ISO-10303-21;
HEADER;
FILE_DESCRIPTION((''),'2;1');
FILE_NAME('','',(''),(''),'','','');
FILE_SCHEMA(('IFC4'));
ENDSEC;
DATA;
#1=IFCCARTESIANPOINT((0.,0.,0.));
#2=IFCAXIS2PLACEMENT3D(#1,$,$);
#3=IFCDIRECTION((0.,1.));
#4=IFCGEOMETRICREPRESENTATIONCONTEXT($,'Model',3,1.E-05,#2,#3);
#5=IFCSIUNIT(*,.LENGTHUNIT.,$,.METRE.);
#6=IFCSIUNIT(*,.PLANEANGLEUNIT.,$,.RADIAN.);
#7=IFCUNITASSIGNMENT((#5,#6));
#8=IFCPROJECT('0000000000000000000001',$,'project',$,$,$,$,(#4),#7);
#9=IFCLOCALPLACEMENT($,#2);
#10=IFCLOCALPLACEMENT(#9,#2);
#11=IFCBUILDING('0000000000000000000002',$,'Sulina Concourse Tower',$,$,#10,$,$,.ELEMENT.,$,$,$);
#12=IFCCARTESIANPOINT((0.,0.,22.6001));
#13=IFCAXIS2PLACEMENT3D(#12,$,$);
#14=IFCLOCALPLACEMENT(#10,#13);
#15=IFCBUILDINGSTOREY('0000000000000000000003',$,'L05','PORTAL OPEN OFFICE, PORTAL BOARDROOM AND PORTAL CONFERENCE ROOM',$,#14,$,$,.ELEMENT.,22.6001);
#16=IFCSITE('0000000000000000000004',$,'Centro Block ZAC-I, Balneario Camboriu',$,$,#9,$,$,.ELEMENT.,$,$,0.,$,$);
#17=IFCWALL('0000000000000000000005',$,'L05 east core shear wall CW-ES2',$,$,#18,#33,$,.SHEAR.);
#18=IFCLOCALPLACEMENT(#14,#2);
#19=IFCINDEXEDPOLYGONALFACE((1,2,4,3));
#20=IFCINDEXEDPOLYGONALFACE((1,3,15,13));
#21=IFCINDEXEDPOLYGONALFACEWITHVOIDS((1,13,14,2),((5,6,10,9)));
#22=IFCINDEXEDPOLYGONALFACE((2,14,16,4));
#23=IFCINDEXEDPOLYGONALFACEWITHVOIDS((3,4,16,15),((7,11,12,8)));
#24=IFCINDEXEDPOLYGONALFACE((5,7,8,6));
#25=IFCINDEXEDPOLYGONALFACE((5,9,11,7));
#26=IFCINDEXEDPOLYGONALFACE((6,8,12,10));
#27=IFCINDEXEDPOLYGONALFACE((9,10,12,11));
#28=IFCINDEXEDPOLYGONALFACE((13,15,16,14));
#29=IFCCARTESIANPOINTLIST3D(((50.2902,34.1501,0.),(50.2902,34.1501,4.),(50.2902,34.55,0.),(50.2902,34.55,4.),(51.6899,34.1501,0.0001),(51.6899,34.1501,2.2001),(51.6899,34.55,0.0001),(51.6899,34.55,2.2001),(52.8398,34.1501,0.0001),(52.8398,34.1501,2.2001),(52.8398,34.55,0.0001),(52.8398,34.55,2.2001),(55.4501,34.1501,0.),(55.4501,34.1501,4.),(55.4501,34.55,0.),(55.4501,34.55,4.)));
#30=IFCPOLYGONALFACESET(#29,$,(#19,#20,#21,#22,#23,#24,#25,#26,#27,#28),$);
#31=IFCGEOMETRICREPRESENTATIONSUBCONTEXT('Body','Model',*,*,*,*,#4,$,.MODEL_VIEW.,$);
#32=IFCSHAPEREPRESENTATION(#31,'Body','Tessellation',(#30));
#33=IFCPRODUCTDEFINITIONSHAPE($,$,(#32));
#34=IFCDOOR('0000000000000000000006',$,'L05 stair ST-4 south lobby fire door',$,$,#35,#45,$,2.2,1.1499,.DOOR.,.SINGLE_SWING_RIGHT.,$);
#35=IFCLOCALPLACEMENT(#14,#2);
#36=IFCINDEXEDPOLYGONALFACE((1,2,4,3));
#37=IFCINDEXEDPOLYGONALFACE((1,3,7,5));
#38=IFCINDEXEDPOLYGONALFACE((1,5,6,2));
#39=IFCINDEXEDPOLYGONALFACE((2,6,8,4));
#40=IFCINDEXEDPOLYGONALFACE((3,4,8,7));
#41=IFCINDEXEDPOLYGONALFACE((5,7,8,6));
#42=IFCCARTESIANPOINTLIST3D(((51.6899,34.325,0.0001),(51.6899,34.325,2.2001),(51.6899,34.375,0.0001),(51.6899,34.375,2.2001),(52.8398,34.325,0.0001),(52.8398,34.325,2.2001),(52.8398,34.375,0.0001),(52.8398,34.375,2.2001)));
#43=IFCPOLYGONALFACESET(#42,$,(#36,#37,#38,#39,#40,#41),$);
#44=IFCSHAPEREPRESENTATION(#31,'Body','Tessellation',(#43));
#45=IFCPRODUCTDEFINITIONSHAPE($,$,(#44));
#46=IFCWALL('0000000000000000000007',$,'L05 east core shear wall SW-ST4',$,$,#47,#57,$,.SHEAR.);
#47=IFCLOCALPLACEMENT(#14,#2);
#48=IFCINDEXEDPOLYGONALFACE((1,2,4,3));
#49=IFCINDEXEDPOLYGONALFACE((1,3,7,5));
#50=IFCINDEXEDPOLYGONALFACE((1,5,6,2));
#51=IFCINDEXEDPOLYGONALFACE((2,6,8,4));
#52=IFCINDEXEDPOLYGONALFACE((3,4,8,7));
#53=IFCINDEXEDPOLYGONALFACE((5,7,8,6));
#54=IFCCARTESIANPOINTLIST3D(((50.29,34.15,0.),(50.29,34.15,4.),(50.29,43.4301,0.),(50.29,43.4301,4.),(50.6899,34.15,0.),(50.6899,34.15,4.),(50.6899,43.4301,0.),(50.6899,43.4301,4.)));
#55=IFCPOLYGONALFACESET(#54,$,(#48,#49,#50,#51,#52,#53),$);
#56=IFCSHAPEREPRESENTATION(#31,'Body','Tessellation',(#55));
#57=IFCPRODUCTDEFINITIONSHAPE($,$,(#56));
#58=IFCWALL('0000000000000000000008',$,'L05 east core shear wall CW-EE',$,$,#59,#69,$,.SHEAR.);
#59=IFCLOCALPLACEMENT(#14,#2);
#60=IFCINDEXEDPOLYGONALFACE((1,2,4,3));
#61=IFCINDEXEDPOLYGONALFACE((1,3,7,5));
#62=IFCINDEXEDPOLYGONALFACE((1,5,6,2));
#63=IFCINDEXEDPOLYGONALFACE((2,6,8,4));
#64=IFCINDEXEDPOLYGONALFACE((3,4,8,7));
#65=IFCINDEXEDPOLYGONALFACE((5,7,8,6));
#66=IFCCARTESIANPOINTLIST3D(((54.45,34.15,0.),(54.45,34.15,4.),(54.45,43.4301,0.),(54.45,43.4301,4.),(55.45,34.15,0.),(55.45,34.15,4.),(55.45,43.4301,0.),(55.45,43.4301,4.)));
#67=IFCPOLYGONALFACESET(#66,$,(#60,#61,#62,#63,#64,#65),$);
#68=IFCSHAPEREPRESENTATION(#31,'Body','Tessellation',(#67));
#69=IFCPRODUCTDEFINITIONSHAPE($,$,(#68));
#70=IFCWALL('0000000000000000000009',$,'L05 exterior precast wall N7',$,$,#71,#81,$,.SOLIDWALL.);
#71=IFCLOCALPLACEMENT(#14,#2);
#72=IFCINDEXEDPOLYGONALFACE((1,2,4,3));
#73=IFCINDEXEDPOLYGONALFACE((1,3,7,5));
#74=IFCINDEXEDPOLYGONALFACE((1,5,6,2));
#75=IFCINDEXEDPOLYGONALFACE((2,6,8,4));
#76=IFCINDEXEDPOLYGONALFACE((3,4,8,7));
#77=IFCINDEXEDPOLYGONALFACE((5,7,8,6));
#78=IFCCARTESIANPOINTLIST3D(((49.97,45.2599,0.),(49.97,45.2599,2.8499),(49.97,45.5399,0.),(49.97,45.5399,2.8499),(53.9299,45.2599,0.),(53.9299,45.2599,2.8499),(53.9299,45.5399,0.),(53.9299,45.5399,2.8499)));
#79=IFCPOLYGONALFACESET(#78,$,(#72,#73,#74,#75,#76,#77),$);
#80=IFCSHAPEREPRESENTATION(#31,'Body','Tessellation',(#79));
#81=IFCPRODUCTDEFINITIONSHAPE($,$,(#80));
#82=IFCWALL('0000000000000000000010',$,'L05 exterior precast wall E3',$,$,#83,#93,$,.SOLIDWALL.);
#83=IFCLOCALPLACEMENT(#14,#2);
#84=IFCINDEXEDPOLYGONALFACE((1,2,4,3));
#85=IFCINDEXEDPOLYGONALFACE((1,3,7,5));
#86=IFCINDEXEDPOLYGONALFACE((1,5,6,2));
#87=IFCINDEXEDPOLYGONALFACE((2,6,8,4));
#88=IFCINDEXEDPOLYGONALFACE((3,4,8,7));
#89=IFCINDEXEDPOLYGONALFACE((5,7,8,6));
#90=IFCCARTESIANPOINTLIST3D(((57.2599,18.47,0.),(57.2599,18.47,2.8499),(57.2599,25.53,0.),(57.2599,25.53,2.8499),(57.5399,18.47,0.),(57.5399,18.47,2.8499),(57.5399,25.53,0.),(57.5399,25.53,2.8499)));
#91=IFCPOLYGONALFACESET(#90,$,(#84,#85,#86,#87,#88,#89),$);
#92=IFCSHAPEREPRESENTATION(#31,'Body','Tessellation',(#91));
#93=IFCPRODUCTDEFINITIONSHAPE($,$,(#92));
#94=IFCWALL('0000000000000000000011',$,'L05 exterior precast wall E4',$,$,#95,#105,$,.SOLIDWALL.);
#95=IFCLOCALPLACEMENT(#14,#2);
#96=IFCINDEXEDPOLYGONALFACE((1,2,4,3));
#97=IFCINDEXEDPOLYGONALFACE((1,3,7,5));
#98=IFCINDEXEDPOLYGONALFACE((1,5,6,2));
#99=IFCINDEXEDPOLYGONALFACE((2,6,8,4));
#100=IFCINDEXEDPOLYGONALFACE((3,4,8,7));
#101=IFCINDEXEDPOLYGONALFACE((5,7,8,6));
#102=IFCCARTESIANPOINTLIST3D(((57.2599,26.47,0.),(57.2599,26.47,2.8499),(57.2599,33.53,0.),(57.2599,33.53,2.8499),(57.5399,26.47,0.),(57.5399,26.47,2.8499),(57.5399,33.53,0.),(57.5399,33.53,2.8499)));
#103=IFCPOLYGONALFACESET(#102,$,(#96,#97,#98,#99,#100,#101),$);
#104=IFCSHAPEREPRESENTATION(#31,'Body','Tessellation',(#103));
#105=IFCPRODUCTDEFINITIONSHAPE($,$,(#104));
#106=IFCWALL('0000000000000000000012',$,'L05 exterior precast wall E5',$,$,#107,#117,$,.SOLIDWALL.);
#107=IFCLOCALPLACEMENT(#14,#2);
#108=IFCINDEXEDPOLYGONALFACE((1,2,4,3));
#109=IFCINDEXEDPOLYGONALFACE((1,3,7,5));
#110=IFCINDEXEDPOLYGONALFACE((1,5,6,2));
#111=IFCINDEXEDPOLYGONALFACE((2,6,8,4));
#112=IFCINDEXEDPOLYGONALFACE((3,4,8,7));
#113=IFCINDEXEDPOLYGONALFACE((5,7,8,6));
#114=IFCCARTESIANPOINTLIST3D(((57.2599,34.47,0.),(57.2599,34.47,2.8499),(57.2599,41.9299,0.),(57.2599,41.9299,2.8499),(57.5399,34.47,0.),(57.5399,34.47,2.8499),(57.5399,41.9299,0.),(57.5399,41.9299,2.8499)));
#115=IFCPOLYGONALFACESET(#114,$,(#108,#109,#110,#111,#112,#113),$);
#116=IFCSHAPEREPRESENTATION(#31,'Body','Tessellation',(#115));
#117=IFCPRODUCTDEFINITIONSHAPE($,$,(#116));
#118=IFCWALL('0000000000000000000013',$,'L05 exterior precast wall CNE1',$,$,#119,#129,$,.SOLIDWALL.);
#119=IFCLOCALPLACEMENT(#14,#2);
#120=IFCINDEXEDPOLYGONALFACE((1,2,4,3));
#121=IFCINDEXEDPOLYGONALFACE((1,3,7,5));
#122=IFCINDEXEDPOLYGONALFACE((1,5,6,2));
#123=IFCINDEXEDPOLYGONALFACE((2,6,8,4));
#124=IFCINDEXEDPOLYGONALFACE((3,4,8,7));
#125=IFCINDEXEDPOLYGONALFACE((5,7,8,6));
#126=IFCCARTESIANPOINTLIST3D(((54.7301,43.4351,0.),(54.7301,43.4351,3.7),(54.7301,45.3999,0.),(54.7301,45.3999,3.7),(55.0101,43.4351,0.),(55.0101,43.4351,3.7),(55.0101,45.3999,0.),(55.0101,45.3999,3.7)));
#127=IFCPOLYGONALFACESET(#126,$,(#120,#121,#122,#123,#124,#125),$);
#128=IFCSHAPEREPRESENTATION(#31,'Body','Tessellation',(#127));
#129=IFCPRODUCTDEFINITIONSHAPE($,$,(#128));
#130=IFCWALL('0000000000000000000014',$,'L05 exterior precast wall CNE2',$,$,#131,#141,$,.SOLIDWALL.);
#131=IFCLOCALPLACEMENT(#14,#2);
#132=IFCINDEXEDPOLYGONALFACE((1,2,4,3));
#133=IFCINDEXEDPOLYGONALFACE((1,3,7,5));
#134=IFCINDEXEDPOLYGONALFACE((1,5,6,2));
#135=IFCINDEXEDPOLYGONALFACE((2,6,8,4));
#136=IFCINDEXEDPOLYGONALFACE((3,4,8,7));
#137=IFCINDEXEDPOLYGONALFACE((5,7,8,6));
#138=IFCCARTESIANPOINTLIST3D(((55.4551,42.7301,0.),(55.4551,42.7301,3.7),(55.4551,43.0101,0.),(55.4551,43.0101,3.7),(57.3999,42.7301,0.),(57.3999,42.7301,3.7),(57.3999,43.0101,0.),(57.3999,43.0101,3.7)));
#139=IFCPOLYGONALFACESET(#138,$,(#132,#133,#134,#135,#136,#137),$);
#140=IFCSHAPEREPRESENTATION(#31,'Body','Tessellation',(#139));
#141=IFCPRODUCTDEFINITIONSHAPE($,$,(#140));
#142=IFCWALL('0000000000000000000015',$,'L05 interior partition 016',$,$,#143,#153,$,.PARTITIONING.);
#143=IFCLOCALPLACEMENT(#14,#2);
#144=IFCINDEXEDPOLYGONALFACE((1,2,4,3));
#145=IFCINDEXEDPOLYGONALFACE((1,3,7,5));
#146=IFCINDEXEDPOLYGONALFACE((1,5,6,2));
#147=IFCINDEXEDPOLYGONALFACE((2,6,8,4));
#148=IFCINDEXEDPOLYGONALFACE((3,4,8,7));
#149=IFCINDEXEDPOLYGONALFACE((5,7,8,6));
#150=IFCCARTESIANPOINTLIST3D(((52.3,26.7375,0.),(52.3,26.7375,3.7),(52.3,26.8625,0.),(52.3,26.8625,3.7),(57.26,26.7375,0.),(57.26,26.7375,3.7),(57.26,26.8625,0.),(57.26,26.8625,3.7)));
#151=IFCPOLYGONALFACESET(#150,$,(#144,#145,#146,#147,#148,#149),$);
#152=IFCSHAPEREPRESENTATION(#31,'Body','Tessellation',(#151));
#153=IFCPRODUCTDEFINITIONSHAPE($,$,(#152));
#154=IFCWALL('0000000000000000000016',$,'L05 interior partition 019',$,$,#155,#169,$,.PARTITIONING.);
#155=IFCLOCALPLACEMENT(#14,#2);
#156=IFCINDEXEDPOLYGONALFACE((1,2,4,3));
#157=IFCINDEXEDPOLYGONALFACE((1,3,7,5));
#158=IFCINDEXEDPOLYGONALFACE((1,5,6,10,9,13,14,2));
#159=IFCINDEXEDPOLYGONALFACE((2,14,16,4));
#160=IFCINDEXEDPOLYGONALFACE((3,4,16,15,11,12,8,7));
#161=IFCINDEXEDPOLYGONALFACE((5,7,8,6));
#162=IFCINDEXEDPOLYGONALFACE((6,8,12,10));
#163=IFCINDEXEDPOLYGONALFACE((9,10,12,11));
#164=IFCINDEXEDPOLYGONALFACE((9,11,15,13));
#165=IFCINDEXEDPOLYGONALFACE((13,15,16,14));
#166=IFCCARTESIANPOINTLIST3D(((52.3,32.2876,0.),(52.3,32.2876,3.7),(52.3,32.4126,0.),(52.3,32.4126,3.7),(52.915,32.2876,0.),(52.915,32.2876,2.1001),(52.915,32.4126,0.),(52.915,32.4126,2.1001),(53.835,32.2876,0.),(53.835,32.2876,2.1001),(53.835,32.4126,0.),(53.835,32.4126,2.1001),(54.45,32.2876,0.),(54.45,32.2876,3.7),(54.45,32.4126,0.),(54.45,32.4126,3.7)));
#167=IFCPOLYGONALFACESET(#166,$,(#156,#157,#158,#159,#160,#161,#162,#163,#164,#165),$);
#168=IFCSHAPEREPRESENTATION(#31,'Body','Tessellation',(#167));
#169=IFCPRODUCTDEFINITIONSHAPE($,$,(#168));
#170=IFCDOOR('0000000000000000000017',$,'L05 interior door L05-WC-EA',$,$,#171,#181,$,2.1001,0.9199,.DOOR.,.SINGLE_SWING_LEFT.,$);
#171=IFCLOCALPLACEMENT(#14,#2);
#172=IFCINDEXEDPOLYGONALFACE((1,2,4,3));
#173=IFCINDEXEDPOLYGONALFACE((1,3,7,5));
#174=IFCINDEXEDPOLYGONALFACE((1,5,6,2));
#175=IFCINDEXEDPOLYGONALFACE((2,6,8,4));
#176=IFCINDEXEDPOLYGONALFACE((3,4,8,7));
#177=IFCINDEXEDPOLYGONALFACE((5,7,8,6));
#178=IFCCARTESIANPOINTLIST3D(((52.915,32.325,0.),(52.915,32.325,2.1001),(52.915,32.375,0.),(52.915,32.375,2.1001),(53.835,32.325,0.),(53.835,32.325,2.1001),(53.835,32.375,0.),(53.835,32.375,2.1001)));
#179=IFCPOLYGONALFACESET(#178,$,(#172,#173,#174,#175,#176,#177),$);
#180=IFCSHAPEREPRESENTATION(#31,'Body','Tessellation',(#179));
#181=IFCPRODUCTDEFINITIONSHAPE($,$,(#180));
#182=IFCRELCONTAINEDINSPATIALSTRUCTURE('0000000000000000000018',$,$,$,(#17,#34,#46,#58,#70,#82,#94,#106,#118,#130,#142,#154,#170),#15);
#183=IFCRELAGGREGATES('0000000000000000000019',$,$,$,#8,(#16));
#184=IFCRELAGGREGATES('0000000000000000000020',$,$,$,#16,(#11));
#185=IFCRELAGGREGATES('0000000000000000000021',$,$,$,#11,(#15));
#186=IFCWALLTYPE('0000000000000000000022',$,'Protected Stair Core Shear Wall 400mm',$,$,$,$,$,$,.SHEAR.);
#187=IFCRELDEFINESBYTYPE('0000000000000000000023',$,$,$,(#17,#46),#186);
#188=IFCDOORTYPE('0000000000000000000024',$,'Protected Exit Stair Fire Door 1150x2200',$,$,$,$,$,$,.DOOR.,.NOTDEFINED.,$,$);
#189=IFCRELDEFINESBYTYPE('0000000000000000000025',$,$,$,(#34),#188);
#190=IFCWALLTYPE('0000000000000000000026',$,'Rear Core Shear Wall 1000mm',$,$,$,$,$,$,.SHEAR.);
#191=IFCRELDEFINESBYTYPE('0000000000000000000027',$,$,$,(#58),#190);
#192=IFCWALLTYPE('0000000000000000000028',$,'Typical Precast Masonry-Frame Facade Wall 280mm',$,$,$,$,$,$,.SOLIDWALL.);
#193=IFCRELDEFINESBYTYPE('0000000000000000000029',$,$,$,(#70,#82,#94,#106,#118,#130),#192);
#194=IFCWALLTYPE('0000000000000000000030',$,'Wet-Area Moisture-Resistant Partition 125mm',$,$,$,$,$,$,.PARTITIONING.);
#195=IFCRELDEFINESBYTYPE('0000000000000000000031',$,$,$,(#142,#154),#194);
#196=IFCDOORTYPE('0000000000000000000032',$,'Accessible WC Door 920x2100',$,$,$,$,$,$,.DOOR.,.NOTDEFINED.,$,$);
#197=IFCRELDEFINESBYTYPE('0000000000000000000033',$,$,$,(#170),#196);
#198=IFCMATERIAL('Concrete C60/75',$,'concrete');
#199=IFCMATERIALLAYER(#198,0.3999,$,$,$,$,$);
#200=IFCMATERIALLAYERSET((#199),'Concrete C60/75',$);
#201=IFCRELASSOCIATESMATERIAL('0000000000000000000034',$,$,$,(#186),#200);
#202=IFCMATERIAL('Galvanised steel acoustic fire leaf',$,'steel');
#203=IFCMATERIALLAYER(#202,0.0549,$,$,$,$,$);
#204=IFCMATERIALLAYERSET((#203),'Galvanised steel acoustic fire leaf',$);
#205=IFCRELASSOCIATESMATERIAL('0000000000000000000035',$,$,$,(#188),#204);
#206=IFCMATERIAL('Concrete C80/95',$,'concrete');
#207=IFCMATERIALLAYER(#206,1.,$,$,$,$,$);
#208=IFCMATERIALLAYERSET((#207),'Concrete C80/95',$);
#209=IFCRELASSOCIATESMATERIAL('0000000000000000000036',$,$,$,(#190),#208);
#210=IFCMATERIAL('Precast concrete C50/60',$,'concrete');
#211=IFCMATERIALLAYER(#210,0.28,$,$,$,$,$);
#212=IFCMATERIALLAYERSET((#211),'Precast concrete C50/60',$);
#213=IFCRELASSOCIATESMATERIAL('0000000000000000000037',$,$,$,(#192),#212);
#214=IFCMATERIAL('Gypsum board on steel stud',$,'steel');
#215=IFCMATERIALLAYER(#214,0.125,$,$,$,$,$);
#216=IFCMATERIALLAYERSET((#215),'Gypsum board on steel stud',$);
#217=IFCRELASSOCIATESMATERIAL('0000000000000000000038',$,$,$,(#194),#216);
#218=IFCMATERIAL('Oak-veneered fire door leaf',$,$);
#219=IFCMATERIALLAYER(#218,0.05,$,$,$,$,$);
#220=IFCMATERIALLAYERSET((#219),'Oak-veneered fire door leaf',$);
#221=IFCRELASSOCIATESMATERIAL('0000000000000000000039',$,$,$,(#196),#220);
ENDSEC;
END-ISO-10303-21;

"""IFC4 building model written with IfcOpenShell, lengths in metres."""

from ifc_helpers import new_model, si_unit, direction, frame, frame_2d, origin, place, context, subcontext, project, spatial, rectangle, extrude, material, layer, layer_set, type_object, element, fill, save


model = new_model("IFC4")

# Units and contexts
model_context = context("Model", 3, precision=1e-05, world=origin(), true_north=direction((0.0, 1.0)))
body_context = subcontext(model_context, "Body", "Model", "MODEL_VIEW")
ifc_project = project(units=[si_unit("LENGTHUNIT", "METRE"), si_unit("PLANEANGLEUNIT", "RADIAN")], contexts=[model_context])

# Site, building, storey
site_placement = place(None, origin())
site = spatial("IfcSite", under=ifc_project, at=site_placement, Name="Centro Block ZAC-I, Balneario Camboriu", CompositionType="ELEMENT", RefElevation=0.0)
building_placement = place(site_placement, origin())
building = spatial("IfcBuilding", under=site, at=building_placement, Name="Sulina Concourse Tower", CompositionType="ELEMENT")
storey_placement = place(building_placement, frame((0.0, 0.0, 22.6001)))
storey = spatial("IfcBuildingStorey", under=building, at=storey_placement, Name="L05", Description="PORTAL OPEN OFFICE, PORTAL BOARDROOM AND PORTAL CONFERENCE ROOM", CompositionType="ELEMENT", Elevation=22.6001)

# Wall, opening, door
ifc_material_1 = material(Name="Concrete C60/75", Category="concrete")
ifc_layer_1 = layer(ifc_material_1, 0.3999)
ifc_layer_set_1 = layer_set([ifc_layer_1], Name="Concrete C60/75")
wall_type_1 = type_object("IfcWallType", Name="Protected Stair Core Shear Wall 400mm", PredefinedType="SHEAR", material=ifc_layer_set_1)
wall_1_placement = place(storey_placement, frame((50.29, 34.3501, 0.0), z_axis=(0.0, 0.0, 1.0), x_axis=(1.0, 0.0, 0.0)))
wall_1 = element("IfcWall", 1, at=wall_1_placement, inside=storey, type_object=wall_type_1, Name="L05 east core shear wall CW-ES2", PredefinedType="SHEAR", context=body_context, shape_type="SweptSolid", body=[
    extrude(rectangle(XDim=5.1599, YDim=0.3999, at=frame_2d((2.5801, 0.0))), origin(), (0.0, 0.0, 1.0), 4.0),
])
opening_1_placement = place(wall_1_placement, frame((1.3999, 0.0, 0.0)))
opening_1 = element("IfcOpeningElement", 2, at=opening_1_placement, cuts=wall_1, PredefinedType="OPENING", context=body_context, shape_type="SweptSolid", body=[
    extrude(rectangle(XDim=1.1499, YDim=2.2, at=frame_2d((0.575, 1.1001))), frame((0.0, 0.21, 0.0), z_axis=(0.0, -1.0, 0.0), x_axis=(1.0, 0.0, 0.0)), (0.0, 0.0, 1.0), 0.4199),
])
ifc_material_2 = material(Name="Galvanised steel acoustic fire leaf", Category="steel")
ifc_layer_2 = layer(ifc_material_2, 0.0549)
ifc_layer_set_2 = layer_set([ifc_layer_2], Name="Galvanised steel acoustic fire leaf")
door_type_1 = type_object("IfcDoorType", Name="Protected Exit Stair Fire Door 1150x2200", OperationType="NOTDEFINED", PredefinedType="DOOR", material=ifc_layer_set_2)
door_1_placement = place(opening_1_placement, origin())
door_1 = element("IfcDoor", 3, at=door_1_placement, inside=storey, type_object=door_type_1, Name="L05 stair ST-4 south lobby fire door", OperationType="SINGLE_SWING_RIGHT", OverallHeight=2.2, OverallWidth=1.1499, PredefinedType="DOOR", context=body_context, shape_type="SweptSolid", body=[
    extrude(rectangle(XDim=1.1499, YDim=2.2, at=frame_2d((0.575, 1.1001))), frame((0.0, 0.0249, 0.0), z_axis=(0.0, -1.0, 0.0), x_axis=(1.0, 0.0, 0.0)), (0.0, 0.0, 1.0), 0.05),
])
fill(opening_1, door_1)

# Walls
wall_2_placement = place(storey_placement, frame((50.49, 34.1499, 0.0), z_axis=(0.0, 0.0, 1.0), x_axis=(0.0, 1.0, 0.0)))
element("IfcWall", 4, at=wall_2_placement, inside=storey, type_object=wall_type_1, Name="L05 east core shear wall SW-ST4", PredefinedType="SHEAR", context=body_context, shape_type="SweptSolid", body=[
    extrude(rectangle(XDim=9.28, YDim=0.3999, at=frame_2d((4.6401, 0.0))), origin(), (0.0, 0.0, 1.0), 4.0),
])
ifc_material_3 = material(Name="Concrete C80/95", Category="concrete")
ifc_layer_3 = layer(ifc_material_3, 1.0)
ifc_layer_set_3 = layer_set([ifc_layer_3], Name="Concrete C80/95")
wall_type_2 = type_object("IfcWallType", Name="Rear Core Shear Wall 1000mm", PredefinedType="SHEAR", material=ifc_layer_set_3)
wall_3_placement = place(storey_placement, frame((54.95, 34.1499, 0.0), z_axis=(0.0, 0.0, 1.0), x_axis=(0.0, 1.0, 0.0)))
element("IfcWall", 5, at=wall_3_placement, inside=storey, type_object=wall_type_2, Name="L05 east core shear wall CW-EE", PredefinedType="SHEAR", context=body_context, shape_type="SweptSolid", body=[
    extrude(rectangle(XDim=9.28, YDim=1.0, at=frame_2d((4.6401, 0.0))), origin(), (0.0, 0.0, 1.0), 4.0),
])
ifc_material_4 = material(Name="Precast concrete C50/60", Category="concrete")
ifc_layer_4 = layer(ifc_material_4, 0.28)
ifc_layer_set_4 = layer_set([ifc_layer_4], Name="Precast concrete C50/60")
wall_type_3 = type_object("IfcWallType", Name="Typical Precast Masonry-Frame Facade Wall 280mm", PredefinedType="SOLIDWALL", material=ifc_layer_set_4)
wall_4_placement = place(storey_placement, frame((49.97, 45.3999, 0.0), z_axis=(0.0, 0.0, 1.0), x_axis=(1.0, 0.0, 0.0)))
element("IfcWall", 6, at=wall_4_placement, inside=storey, type_object=wall_type_3, Name="L05 exterior precast wall N7", PredefinedType="SOLIDWALL", context=body_context, shape_type="SweptSolid", body=[
    extrude(rectangle(XDim=3.96, YDim=0.28, at=frame_2d((1.98, 0.0))), origin(), (0.0, 0.0, 1.0), 2.8499),
])
for number, where, z_axis, x_axis, name in (
    (7, (57.3999, 25.53, 0.0), (0.0, 0.0, 1.0), (0.0, -1.0, 0.0), "L05 exterior precast wall E3"),
    (8, (57.3999, 33.53, 0.0), (0.0, 0.0, 1.0), (0.0, -1.0, 0.0), "L05 exterior precast wall E4"),
):
    element("IfcWall", number, at=place(storey_placement, frame(where, z_axis=z_axis, x_axis=x_axis)), inside=storey, type_object=wall_type_3, Name=name, PredefinedType="SOLIDWALL", context=body_context, shape_type="SweptSolid", body=[
        extrude(rectangle(XDim=7.0601, YDim=0.28, at=frame_2d((3.53, 0.0))), origin(), (0.0, 0.0, 1.0), 2.8499),
    ])
wall_5_placement = place(storey_placement, frame((57.3999, 41.9299, 0.0), z_axis=(0.0, 0.0, 1.0), x_axis=(0.0, -1.0, 0.0)))
element("IfcWall", 9, at=wall_5_placement, inside=storey, type_object=wall_type_3, Name="L05 exterior precast wall E5", PredefinedType="SOLIDWALL", context=body_context, shape_type="SweptSolid", body=[
    extrude(rectangle(XDim=7.46, YDim=0.28, at=frame_2d((3.73, 0.0))), origin(), (0.0, 0.0, 1.0), 2.8499),
])
wall_6_placement = place(storey_placement, frame((54.8701, 45.3999, 0.0), z_axis=(0.0, 0.0, 1.0), x_axis=(0.0, -1.0, 0.0)))
element("IfcWall", 10, at=wall_6_placement, inside=storey, type_object=wall_type_3, Name="L05 exterior precast wall CNE1", PredefinedType="SOLIDWALL", context=body_context, shape_type="SweptSolid", body=[
    extrude(rectangle(XDim=1.9648, YDim=0.28, at=frame_2d((0.9824, 0.0))), origin(), (0.0, 0.0, 1.0), 3.7),
])
wall_7_placement = place(storey_placement, frame((55.4551, 42.8701, 0.0), z_axis=(0.0, 0.0, 1.0), x_axis=(1.0, 0.0, 0.0)))
element("IfcWall", 11, at=wall_7_placement, inside=storey, type_object=wall_type_3, Name="L05 exterior precast wall CNE2", PredefinedType="SOLIDWALL", context=body_context, shape_type="SweptSolid", body=[
    extrude(rectangle(XDim=1.9448, YDim=0.28, at=frame_2d((0.9724, 0.0))), origin(), (0.0, 0.0, 1.0), 3.7),
])
ifc_material_5 = material(Name="Gypsum board on steel stud", Category="steel")
ifc_layer_5 = layer(ifc_material_5, 0.125)
ifc_layer_set_5 = layer_set([ifc_layer_5], Name="Gypsum board on steel stud")
wall_type_4 = type_object("IfcWallType", Name="Wet-Area Moisture-Resistant Partition 125mm", PredefinedType="PARTITIONING", material=ifc_layer_set_5)
wall_8_placement = place(storey_placement, frame((52.3, 26.8, 0.0), z_axis=(0.0, 0.0, 1.0), x_axis=(1.0, 0.0, 0.0)))
element("IfcWall", 12, at=wall_8_placement, inside=storey, type_object=wall_type_4, Name="L05 interior partition 016", PredefinedType="PARTITIONING", context=body_context, shape_type="SweptSolid", body=[
    extrude(rectangle(XDim=4.96, YDim=0.125, at=frame_2d((2.48, 0.0))), origin(), (0.0, 0.0, 1.0), 3.7),
])

# Wall, opening, door
wall_9_placement = place(storey_placement, frame((52.3, 32.3501, 0.0), z_axis=(0.0, 0.0, 1.0), x_axis=(1.0, 0.0, 0.0)))
wall_9 = element("IfcWall", 13, at=wall_9_placement, inside=storey, type_object=wall_type_4, Name="L05 interior partition 019", PredefinedType="PARTITIONING", context=body_context, shape_type="SweptSolid", body=[
    extrude(rectangle(XDim=2.1499, YDim=0.125, at=frame_2d((1.075, 0.0))), origin(), (0.0, 0.0, 1.0), 3.7),
])
opening_2_placement = place(wall_9_placement, frame((0.615, 0.0, 0.0)))
opening_2 = element("IfcOpeningElement", 14, at=opening_2_placement, cuts=wall_9, PredefinedType="OPENING", context=body_context, shape_type="SweptSolid", body=[
    extrude(rectangle(XDim=0.9199, YDim=2.1001, at=frame_2d((0.46, 1.05))), frame((0.0, 0.0725, 0.0), z_axis=(0.0, -1.0, 0.0), x_axis=(1.0, 0.0, 0.0)), (0.0, 0.0, 1.0), 0.145),
])
ifc_material_6 = material(Name="Oak-veneered fire door leaf")
ifc_layer_6 = layer(ifc_material_6, 0.05)
ifc_layer_set_6 = layer_set([ifc_layer_6], Name="Oak-veneered fire door leaf")
door_type_2 = type_object("IfcDoorType", Name="Accessible WC Door 920x2100", OperationType="NOTDEFINED", PredefinedType="DOOR", material=ifc_layer_set_6)
door_2_placement = place(opening_2_placement, origin())
door_2 = element("IfcDoor", 15, at=door_2_placement, inside=storey, type_object=door_type_2, Name="L05 interior door L05-WC-EA", OperationType="SINGLE_SWING_LEFT", OverallHeight=2.1001, OverallWidth=0.9199, PredefinedType="DOOR", context=body_context, shape_type="SweptSolid", body=[
    extrude(rectangle(XDim=0.9199, YDim=2.1001, at=frame_2d((0.46, 1.05))), frame((0.0, 0.0249, 0.0), z_axis=(0.0, -1.0, 0.0), x_axis=(1.0, 0.0, 0.0)), (0.0, 0.0, 1.0), 0.05),
])
fill(opening_2, door_2)

save(model, "model.ifc")
